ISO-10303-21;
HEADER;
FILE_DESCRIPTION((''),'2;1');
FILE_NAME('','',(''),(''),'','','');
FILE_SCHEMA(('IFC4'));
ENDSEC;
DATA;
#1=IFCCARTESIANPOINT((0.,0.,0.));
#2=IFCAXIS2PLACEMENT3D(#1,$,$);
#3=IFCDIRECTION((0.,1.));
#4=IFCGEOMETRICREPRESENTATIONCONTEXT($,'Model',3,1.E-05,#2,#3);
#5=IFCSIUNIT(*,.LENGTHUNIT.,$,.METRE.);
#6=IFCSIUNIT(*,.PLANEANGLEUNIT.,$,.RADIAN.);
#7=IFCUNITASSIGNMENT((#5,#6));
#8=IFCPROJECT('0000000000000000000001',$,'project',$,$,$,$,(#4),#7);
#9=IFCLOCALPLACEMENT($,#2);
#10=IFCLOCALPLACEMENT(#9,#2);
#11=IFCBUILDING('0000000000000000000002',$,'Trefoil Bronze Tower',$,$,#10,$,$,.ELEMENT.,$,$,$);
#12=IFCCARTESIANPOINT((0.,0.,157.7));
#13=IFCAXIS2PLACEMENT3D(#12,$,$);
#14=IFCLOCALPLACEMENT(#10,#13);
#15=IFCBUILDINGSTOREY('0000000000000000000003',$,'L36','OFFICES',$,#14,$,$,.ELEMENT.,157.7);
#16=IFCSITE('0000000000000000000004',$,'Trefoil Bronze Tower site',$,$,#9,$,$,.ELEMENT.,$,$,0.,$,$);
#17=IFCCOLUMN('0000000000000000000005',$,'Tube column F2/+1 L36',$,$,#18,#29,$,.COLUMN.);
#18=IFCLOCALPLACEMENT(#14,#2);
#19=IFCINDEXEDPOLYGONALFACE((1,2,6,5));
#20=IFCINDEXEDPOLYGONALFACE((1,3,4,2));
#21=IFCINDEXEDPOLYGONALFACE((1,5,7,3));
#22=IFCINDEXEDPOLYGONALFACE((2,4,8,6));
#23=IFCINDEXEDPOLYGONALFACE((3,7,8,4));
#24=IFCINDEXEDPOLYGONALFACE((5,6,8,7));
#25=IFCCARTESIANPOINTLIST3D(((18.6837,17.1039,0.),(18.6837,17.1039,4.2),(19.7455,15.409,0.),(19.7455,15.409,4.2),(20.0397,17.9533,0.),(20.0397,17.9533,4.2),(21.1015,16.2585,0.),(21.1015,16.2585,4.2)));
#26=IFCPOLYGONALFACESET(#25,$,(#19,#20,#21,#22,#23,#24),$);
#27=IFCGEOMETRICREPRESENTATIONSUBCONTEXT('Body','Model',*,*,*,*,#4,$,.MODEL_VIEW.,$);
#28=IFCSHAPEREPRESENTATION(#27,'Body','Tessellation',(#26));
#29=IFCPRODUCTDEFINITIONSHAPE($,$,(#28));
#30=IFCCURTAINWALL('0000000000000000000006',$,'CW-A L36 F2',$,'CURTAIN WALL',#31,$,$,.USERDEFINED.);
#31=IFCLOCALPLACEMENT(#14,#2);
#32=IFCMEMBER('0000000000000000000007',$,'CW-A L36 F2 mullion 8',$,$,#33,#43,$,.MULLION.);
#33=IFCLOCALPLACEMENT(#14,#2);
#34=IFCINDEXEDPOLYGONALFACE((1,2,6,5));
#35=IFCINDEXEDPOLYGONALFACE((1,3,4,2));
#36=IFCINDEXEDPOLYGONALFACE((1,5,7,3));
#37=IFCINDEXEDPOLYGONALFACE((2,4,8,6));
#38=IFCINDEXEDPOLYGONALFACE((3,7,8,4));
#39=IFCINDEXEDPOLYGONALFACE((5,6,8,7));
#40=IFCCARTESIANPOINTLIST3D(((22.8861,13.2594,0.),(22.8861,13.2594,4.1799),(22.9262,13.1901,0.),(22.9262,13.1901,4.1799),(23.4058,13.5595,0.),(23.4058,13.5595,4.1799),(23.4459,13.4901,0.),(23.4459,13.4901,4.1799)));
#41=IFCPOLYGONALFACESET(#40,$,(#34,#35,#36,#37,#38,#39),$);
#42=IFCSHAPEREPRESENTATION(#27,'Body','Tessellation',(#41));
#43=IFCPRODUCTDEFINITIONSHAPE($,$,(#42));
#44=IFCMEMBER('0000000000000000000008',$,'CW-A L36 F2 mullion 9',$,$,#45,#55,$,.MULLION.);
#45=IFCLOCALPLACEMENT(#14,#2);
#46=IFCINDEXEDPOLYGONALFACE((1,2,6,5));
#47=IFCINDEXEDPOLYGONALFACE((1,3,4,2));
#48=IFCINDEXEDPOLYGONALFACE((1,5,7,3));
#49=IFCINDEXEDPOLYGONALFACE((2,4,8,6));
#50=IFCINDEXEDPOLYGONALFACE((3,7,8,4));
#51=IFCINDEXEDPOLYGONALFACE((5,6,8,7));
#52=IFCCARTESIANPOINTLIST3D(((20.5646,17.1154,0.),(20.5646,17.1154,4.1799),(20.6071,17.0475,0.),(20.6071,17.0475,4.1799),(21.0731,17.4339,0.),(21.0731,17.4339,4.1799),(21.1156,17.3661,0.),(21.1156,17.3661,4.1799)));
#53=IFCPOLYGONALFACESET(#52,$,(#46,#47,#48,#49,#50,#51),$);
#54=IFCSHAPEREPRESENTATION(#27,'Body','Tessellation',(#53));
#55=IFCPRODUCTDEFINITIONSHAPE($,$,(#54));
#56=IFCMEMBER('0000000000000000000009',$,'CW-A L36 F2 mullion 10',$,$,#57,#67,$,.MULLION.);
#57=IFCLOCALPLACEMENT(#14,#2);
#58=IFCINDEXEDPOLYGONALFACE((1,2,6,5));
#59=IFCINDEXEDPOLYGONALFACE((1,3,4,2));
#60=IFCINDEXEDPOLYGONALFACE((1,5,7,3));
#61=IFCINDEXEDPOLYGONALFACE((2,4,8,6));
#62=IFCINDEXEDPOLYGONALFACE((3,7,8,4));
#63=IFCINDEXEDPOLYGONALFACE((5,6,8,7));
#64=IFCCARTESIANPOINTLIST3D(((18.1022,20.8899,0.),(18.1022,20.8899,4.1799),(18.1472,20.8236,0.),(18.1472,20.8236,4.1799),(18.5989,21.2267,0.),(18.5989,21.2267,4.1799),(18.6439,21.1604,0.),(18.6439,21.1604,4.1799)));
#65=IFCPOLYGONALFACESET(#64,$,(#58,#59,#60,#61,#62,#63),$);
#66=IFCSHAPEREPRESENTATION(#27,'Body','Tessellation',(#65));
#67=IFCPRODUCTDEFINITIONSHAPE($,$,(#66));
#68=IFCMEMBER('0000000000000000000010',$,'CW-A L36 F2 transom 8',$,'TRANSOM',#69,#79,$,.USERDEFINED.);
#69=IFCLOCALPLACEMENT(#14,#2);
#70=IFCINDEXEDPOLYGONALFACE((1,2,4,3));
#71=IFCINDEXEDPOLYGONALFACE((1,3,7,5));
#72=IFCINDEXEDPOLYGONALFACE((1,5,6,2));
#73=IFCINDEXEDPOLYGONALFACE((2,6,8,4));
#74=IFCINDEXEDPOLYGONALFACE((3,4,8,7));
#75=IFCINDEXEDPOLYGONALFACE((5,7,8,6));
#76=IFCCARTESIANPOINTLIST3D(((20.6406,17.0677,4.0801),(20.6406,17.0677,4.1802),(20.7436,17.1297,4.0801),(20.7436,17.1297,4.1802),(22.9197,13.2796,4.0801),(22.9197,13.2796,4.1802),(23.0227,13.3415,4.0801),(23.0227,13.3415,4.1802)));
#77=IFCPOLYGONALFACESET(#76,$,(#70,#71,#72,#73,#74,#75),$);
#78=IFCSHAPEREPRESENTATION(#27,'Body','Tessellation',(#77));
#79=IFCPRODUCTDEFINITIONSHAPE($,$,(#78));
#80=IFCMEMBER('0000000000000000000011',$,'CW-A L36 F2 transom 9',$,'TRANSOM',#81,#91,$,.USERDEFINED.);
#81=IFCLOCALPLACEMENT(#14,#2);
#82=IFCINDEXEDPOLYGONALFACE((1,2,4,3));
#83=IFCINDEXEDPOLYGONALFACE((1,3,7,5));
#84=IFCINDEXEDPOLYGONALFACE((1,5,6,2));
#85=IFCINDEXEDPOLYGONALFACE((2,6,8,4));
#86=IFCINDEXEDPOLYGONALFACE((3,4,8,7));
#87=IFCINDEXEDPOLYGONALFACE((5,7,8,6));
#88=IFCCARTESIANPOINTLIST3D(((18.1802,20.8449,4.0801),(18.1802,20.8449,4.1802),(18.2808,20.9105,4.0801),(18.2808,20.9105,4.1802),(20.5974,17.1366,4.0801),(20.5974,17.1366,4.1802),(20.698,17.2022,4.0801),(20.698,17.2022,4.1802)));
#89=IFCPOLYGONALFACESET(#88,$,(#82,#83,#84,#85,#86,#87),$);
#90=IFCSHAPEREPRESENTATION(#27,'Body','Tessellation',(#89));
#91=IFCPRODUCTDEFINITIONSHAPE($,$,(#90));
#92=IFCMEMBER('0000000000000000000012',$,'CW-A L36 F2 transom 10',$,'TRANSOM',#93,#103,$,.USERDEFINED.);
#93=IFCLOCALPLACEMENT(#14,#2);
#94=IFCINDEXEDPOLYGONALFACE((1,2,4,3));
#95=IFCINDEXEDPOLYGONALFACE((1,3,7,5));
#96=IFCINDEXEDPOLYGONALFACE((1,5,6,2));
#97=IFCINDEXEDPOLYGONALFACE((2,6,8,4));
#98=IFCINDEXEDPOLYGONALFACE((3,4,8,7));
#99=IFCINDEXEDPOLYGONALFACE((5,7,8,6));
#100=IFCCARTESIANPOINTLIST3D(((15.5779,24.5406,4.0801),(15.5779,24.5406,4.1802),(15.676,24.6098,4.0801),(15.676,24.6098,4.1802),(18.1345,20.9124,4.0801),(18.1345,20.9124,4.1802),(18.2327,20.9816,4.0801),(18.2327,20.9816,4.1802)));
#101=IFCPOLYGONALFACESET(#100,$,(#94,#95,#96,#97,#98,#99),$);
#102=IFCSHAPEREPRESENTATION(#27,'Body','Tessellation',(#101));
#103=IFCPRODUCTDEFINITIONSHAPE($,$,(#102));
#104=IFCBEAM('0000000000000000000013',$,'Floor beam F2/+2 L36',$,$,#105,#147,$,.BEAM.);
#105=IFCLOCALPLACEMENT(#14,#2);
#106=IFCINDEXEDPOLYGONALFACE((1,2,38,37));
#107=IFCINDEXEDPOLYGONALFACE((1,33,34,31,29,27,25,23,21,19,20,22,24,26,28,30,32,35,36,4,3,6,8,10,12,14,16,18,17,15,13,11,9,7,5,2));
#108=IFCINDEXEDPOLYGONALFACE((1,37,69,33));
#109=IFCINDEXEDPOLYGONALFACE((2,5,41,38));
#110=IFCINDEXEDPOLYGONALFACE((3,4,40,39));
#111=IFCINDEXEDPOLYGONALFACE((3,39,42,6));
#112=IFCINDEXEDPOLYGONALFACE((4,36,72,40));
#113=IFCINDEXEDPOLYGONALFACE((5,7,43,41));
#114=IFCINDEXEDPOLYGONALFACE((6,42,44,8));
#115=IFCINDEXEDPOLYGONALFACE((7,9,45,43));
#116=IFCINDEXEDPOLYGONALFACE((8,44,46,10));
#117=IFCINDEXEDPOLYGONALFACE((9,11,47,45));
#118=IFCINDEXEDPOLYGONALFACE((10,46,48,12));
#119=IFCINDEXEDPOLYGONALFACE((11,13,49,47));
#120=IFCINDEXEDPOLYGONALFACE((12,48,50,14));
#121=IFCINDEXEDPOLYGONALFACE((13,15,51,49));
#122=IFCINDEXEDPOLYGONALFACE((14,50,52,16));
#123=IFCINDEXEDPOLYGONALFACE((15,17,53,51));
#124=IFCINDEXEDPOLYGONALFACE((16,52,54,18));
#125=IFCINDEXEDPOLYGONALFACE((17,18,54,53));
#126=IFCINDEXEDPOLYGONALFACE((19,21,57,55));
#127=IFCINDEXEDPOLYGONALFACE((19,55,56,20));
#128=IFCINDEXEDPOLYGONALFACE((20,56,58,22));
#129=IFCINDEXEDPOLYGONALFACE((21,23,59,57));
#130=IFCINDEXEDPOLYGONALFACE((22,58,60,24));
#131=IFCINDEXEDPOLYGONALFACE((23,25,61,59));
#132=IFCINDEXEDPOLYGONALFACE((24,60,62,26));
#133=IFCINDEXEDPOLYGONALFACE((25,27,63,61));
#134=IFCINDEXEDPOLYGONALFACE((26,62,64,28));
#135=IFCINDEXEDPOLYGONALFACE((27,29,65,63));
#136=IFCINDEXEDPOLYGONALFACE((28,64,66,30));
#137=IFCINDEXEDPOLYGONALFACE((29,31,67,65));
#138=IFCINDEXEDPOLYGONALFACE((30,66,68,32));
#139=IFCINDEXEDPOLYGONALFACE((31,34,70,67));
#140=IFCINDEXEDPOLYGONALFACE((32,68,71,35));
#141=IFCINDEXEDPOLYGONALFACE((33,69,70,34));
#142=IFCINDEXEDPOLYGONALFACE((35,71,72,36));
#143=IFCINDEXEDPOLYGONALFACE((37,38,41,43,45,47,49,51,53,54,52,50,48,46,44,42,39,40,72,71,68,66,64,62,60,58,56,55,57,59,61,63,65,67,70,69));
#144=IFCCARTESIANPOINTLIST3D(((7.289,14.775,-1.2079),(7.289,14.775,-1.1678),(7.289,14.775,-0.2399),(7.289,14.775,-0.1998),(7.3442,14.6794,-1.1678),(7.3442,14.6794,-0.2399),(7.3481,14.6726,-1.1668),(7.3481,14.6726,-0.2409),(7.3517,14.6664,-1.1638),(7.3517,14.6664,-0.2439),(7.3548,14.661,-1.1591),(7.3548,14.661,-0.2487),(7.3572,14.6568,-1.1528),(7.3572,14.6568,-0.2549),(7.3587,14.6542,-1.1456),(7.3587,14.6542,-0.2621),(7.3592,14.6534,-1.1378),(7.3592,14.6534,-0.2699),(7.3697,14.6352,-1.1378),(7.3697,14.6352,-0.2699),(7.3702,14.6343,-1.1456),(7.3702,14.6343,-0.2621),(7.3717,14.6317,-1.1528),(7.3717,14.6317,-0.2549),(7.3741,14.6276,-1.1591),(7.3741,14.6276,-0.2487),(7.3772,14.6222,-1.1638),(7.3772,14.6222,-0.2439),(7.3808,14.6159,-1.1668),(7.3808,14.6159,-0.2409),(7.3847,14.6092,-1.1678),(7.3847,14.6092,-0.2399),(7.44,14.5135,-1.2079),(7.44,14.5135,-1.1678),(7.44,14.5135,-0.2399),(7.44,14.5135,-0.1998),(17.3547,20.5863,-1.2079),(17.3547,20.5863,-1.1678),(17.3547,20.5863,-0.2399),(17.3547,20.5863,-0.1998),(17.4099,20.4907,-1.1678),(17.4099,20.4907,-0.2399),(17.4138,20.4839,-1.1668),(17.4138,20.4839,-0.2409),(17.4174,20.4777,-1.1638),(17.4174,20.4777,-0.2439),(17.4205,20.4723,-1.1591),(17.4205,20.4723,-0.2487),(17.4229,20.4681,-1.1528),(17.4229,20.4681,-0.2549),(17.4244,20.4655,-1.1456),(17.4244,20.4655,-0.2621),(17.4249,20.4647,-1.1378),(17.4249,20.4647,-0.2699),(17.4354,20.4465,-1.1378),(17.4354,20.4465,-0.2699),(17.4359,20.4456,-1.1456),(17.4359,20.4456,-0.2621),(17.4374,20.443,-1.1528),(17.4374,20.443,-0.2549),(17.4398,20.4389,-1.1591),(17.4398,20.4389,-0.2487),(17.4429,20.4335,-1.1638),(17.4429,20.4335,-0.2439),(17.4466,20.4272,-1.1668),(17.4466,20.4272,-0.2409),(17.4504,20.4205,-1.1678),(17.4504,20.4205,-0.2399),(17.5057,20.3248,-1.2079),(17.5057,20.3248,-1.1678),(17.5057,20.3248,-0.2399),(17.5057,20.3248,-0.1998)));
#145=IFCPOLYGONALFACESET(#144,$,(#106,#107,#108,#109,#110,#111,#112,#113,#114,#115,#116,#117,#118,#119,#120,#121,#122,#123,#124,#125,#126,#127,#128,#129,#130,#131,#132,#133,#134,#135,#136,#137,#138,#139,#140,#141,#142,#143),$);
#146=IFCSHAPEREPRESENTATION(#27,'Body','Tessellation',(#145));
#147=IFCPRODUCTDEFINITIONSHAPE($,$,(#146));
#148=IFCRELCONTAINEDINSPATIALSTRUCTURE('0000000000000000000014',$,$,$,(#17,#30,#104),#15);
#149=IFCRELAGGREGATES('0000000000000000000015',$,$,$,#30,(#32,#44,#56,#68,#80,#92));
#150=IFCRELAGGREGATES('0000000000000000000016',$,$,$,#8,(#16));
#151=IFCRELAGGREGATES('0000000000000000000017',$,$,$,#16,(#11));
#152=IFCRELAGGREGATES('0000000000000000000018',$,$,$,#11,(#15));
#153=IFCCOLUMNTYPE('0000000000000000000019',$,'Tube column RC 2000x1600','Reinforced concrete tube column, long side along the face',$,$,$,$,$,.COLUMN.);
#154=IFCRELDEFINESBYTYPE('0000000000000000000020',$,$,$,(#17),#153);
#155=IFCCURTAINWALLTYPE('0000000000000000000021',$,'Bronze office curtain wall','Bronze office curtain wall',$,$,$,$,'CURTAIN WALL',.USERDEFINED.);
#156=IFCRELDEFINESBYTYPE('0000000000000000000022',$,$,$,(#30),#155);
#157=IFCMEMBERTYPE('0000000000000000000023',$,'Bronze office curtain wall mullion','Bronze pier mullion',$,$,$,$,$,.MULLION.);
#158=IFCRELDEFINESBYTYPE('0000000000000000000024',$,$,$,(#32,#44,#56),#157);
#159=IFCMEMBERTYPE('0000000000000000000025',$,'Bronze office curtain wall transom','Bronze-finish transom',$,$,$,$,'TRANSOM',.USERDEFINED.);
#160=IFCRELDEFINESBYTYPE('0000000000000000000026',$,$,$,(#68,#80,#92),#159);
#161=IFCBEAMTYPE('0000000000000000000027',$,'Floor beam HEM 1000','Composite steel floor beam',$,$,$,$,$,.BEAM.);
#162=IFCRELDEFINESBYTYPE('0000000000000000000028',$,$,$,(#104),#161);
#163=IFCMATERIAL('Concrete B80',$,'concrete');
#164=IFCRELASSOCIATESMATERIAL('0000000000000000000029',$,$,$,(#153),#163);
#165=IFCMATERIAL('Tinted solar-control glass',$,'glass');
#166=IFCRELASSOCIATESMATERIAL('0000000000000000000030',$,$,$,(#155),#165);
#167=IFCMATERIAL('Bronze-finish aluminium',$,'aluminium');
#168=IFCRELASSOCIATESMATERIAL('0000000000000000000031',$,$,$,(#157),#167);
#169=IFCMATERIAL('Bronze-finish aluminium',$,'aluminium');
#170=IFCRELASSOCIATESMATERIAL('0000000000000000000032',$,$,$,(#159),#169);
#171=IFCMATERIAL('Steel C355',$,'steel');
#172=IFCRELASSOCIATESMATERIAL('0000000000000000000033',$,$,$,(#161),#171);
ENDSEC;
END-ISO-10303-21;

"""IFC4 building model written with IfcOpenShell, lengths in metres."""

from ifc_helpers import new_model, si_unit, direction, frame, origin, origin_2d, place, context, subcontext, project, spatial, rectangle, i_section, extrude, material, material_profile, profile_set, type_object, element, aggregate, save


model = new_model("IFC4")

# Units and contexts
model_context = context("Model", 3, precision=1e-05, world=origin(), true_north=direction((0.0, 1.0)))
body_context = subcontext(model_context, "Body", "Model", "MODEL_VIEW")
ifc_project = project(units=[si_unit("LENGTHUNIT", "METRE"), si_unit("PLANEANGLEUNIT", "RADIAN")], contexts=[model_context])

# Site, building, storey
site_placement = place(None, origin())
site = spatial("IfcSite", under=ifc_project, at=site_placement, Name="Trefoil Bronze Tower site", CompositionType="ELEMENT", RefElevation=0.0)
building_placement = place(site_placement, origin())
building = spatial("IfcBuilding", under=site, at=building_placement, Name="Trefoil Bronze Tower", CompositionType="ELEMENT")
storey_placement = place(building_placement, frame((0.0, 0.0, 157.7)))
storey = spatial("IfcBuildingStorey", under=building, at=storey_placement, Name="L36", Description="OFFICES", CompositionType="ELEMENT", Elevation=157.7)

# Column
ifc_material_1 = material(Name="Concrete B80", Category="concrete")
ifc_material_profile_1 = material_profile(ifc_material_1, rectangle(XDim=2.0, YDim=1.6001, at=origin_2d()), Name="RC 2000x1600")
ifc_profile_set_1 = profile_set([ifc_material_profile_1], Name="Concrete B80")
column_type = type_object("IfcColumnType", Name="Tube column RC 2000x1600", Description="Reinforced concrete tube column, long side along the face", PredefinedType="COLUMN", material=ifc_profile_set_1)
column_placement = place(storey_placement, frame((19.8926, 16.6812, 0.0), z_axis=(0.0, 0.0, 1.0), x_axis=(-0.530893, 0.847439, 0.0)))
element("IfcColumn", 1, at=column_placement, inside=storey, type_object=column_type, Name="Tube column F2/+1 L36", PredefinedType="COLUMN", context=body_context, shape_type="SweptSolid", body=[
    extrude(rectangle(XDim=2.0, YDim=1.6001, at=origin_2d()), origin(), (0.0, 0.0, 1.0), 4.2),
])

# Curtain wall, members
ifc_material_2 = material(Name="Tinted solar-control glass", Category="glass")
curtain_wall_type = type_object("IfcCurtainWallType", Name="Bronze office curtain wall", Description="Bronze office curtain wall", ElementType="CURTAIN WALL", PredefinedType="USERDEFINED", material=ifc_material_2)
curtain_wall_placement = place(storey_placement, origin())
curtain_wall = element("IfcCurtainWall", 2, at=curtain_wall_placement, inside=storey, type_object=curtain_wall_type, Name="CW-A L36 F2", ObjectType="CURTAIN WALL", PredefinedType="USERDEFINED")
ifc_material_3 = material(Name="Bronze-finish aluminium", Category="aluminium")
ifc_material_profile_2 = material_profile(ifc_material_3, rectangle(XDim=0.6001, YDim=0.0801, at=origin_2d()), Name="CW-A mullion")
ifc_profile_set_2 = profile_set([ifc_material_profile_2], Name="Bronze-finish aluminium")
member_type_1 = type_object("IfcMemberType", Name="Bronze office curtain wall mullion", Description="Bronze pier mullion", PredefinedType="MULLION", material=ifc_profile_set_2)
member_1_placement = place(storey_placement, frame((23.166, 13.3748, 0.0), z_axis=(0.0, 0.0, 1.0), x_axis=(-0.866025, -0.5, 0.0)))
member_1 = element("IfcMember", 3, at=member_1_placement, type_object=member_type_1, Name="CW-A L36 F2 mullion 8", PredefinedType="MULLION", context=body_context, shape_type="SweptSolid", body=[
    extrude(rectangle(XDim=0.6001, YDim=0.0801, at=origin_2d()), origin(), (0.0, 0.0, 1.0), 4.1799),
])
member_2_placement = place(storey_placement, frame((20.8401, 17.2407, 0.0), z_axis=(0.0, 0.0, 1.0), x_axis=(-0.847439, -0.530893, 0.0)))
member_2 = element("IfcMember", 4, at=member_2_placement, type_object=member_type_1, Name="CW-A L36 F2 mullion 9", PredefinedType="MULLION", context=body_context, shape_type="SweptSolid", body=[
    extrude(rectangle(XDim=0.6001, YDim=0.0801, at=origin_2d()), origin(), (0.0, 0.0, 1.0), 4.1799),
])
member_3_placement = place(storey_placement, frame((18.373, 21.0251, 0.0), z_axis=(0.0, 0.0, 1.0), x_axis=(-0.827724, -0.561136, 0.0)))
member_3 = element("IfcMember", 5, at=member_3_placement, type_object=member_type_1, Name="CW-A L36 F2 mullion 10", PredefinedType="MULLION", context=body_context, shape_type="SweptSolid", body=[
    extrude(rectangle(XDim=0.6001, YDim=0.0801, at=origin_2d()), origin(), (0.0, 0.0, 1.0), 4.1799),
])
ifc_material_4 = material(Name="Bronze-finish aluminium", Category="aluminium")
ifc_material_profile_3 = material_profile(ifc_material_4, rectangle(XDim=0.1201, YDim=0.1001, at=origin_2d()), Name="CW-A transom")
ifc_profile_set_3 = profile_set([ifc_material_profile_3], Name="Bronze-finish aluminium")
member_type_2 = type_object("IfcMemberType", Name="Bronze office curtain wall transom", Description="Bronze-finish transom", ElementType="TRANSOM", PredefinedType="USERDEFINED", material=ifc_profile_set_3)
member_4_placement = place(storey_placement, frame((22.9712, 13.3105, 4.1301), z_axis=(-0.515527, 0.856873, 0.0), x_axis=(-0.856873, -0.515527, 0.0)))
member_4 = element("IfcMember", 6, at=member_4_placement, type_object=member_type_2, Name="CW-A L36 F2 transom 8", ObjectType="TRANSOM", PredefinedType="USERDEFINED", context=body_context, shape_type="SweptSolid", body=[
    extrude(rectangle(XDim=0.1201, YDim=0.1001, at=origin_2d()), origin(), (0.0, 0.0, 1.0), 4.4209),
])
member_5_placement = place(storey_placement, frame((20.6477, 17.1694, 4.1301), z_axis=(-0.546079, 0.837733, 0.0), x_axis=(-0.837733, -0.546079, 0.0)))
member_5 = element("IfcMember", 7, at=member_5_placement, type_object=member_type_2, Name="CW-A L36 F2 transom 9", ObjectType="TRANSOM", PredefinedType="USERDEFINED", context=body_context, shape_type="SweptSolid", body=[
    extrude(rectangle(XDim=0.1201, YDim=0.1001, at=origin_2d()), origin(), (0.0, 0.0, 1.0), 4.4265),
])
member_6_placement = place(storey_placement, frame((18.1836, 20.947, 4.1301), z_axis=(-0.576018, 0.817437, 0.0), x_axis=(-0.817437, -0.576018, 0.0)))
member_6 = element("IfcMember", 8, at=member_6_placement, type_object=member_type_2, Name="CW-A L36 F2 transom 10", ObjectType="TRANSOM", PredefinedType="USERDEFINED", context=body_context, shape_type="SweptSolid", body=[
    extrude(rectangle(XDim=0.1201, YDim=0.1001, at=origin_2d()), origin(), (0.0, 0.0, 1.0), 4.4385),
])

# Beam
ifc_material_5 = material(Name="Steel C355", Category="steel")
ifc_material_profile_4 = material_profile(ifc_material_5, i_section(OverallWidth=0.302, OverallDepth=1.0081, WebThickness=0.021, FlangeThickness=0.04, FilletRadius=0.03, at=origin_2d()), Name="HEM 1000")
ifc_profile_set_4 = profile_set([ifc_material_profile_4], Name="Steel C355")
beam_type_1 = type_object("IfcBeamType", Name="Floor beam HEM 1000", Description="Composite steel floor beam", PredefinedType="BEAM", material=ifc_profile_set_4)
beam_1_placement = place(storey_placement, frame((17.4302, 20.4556, -0.7039), z_axis=(-0.866031, -0.499991, 0.0), x_axis=(0.499991, -0.866031, 0.0)))
element("IfcBeam", 9, at=beam_1_placement, inside=storey, type_object=beam_type_1, Name="Floor beam F2/+2 L36", PredefinedType="BEAM", context=body_context, shape_type="SweptSolid", body=[
    extrude(i_section(OverallWidth=0.302, OverallDepth=1.0081, WebThickness=0.021, FlangeThickness=0.04, FilletRadius=0.03, at=origin_2d()), origin(), (0.0, 0.0, 1.0), 11.6228),
])

aggregate(curtain_wall, [member_1, member_2, member_3, member_4, member_5, member_6])

save(model, "model.ifc")
